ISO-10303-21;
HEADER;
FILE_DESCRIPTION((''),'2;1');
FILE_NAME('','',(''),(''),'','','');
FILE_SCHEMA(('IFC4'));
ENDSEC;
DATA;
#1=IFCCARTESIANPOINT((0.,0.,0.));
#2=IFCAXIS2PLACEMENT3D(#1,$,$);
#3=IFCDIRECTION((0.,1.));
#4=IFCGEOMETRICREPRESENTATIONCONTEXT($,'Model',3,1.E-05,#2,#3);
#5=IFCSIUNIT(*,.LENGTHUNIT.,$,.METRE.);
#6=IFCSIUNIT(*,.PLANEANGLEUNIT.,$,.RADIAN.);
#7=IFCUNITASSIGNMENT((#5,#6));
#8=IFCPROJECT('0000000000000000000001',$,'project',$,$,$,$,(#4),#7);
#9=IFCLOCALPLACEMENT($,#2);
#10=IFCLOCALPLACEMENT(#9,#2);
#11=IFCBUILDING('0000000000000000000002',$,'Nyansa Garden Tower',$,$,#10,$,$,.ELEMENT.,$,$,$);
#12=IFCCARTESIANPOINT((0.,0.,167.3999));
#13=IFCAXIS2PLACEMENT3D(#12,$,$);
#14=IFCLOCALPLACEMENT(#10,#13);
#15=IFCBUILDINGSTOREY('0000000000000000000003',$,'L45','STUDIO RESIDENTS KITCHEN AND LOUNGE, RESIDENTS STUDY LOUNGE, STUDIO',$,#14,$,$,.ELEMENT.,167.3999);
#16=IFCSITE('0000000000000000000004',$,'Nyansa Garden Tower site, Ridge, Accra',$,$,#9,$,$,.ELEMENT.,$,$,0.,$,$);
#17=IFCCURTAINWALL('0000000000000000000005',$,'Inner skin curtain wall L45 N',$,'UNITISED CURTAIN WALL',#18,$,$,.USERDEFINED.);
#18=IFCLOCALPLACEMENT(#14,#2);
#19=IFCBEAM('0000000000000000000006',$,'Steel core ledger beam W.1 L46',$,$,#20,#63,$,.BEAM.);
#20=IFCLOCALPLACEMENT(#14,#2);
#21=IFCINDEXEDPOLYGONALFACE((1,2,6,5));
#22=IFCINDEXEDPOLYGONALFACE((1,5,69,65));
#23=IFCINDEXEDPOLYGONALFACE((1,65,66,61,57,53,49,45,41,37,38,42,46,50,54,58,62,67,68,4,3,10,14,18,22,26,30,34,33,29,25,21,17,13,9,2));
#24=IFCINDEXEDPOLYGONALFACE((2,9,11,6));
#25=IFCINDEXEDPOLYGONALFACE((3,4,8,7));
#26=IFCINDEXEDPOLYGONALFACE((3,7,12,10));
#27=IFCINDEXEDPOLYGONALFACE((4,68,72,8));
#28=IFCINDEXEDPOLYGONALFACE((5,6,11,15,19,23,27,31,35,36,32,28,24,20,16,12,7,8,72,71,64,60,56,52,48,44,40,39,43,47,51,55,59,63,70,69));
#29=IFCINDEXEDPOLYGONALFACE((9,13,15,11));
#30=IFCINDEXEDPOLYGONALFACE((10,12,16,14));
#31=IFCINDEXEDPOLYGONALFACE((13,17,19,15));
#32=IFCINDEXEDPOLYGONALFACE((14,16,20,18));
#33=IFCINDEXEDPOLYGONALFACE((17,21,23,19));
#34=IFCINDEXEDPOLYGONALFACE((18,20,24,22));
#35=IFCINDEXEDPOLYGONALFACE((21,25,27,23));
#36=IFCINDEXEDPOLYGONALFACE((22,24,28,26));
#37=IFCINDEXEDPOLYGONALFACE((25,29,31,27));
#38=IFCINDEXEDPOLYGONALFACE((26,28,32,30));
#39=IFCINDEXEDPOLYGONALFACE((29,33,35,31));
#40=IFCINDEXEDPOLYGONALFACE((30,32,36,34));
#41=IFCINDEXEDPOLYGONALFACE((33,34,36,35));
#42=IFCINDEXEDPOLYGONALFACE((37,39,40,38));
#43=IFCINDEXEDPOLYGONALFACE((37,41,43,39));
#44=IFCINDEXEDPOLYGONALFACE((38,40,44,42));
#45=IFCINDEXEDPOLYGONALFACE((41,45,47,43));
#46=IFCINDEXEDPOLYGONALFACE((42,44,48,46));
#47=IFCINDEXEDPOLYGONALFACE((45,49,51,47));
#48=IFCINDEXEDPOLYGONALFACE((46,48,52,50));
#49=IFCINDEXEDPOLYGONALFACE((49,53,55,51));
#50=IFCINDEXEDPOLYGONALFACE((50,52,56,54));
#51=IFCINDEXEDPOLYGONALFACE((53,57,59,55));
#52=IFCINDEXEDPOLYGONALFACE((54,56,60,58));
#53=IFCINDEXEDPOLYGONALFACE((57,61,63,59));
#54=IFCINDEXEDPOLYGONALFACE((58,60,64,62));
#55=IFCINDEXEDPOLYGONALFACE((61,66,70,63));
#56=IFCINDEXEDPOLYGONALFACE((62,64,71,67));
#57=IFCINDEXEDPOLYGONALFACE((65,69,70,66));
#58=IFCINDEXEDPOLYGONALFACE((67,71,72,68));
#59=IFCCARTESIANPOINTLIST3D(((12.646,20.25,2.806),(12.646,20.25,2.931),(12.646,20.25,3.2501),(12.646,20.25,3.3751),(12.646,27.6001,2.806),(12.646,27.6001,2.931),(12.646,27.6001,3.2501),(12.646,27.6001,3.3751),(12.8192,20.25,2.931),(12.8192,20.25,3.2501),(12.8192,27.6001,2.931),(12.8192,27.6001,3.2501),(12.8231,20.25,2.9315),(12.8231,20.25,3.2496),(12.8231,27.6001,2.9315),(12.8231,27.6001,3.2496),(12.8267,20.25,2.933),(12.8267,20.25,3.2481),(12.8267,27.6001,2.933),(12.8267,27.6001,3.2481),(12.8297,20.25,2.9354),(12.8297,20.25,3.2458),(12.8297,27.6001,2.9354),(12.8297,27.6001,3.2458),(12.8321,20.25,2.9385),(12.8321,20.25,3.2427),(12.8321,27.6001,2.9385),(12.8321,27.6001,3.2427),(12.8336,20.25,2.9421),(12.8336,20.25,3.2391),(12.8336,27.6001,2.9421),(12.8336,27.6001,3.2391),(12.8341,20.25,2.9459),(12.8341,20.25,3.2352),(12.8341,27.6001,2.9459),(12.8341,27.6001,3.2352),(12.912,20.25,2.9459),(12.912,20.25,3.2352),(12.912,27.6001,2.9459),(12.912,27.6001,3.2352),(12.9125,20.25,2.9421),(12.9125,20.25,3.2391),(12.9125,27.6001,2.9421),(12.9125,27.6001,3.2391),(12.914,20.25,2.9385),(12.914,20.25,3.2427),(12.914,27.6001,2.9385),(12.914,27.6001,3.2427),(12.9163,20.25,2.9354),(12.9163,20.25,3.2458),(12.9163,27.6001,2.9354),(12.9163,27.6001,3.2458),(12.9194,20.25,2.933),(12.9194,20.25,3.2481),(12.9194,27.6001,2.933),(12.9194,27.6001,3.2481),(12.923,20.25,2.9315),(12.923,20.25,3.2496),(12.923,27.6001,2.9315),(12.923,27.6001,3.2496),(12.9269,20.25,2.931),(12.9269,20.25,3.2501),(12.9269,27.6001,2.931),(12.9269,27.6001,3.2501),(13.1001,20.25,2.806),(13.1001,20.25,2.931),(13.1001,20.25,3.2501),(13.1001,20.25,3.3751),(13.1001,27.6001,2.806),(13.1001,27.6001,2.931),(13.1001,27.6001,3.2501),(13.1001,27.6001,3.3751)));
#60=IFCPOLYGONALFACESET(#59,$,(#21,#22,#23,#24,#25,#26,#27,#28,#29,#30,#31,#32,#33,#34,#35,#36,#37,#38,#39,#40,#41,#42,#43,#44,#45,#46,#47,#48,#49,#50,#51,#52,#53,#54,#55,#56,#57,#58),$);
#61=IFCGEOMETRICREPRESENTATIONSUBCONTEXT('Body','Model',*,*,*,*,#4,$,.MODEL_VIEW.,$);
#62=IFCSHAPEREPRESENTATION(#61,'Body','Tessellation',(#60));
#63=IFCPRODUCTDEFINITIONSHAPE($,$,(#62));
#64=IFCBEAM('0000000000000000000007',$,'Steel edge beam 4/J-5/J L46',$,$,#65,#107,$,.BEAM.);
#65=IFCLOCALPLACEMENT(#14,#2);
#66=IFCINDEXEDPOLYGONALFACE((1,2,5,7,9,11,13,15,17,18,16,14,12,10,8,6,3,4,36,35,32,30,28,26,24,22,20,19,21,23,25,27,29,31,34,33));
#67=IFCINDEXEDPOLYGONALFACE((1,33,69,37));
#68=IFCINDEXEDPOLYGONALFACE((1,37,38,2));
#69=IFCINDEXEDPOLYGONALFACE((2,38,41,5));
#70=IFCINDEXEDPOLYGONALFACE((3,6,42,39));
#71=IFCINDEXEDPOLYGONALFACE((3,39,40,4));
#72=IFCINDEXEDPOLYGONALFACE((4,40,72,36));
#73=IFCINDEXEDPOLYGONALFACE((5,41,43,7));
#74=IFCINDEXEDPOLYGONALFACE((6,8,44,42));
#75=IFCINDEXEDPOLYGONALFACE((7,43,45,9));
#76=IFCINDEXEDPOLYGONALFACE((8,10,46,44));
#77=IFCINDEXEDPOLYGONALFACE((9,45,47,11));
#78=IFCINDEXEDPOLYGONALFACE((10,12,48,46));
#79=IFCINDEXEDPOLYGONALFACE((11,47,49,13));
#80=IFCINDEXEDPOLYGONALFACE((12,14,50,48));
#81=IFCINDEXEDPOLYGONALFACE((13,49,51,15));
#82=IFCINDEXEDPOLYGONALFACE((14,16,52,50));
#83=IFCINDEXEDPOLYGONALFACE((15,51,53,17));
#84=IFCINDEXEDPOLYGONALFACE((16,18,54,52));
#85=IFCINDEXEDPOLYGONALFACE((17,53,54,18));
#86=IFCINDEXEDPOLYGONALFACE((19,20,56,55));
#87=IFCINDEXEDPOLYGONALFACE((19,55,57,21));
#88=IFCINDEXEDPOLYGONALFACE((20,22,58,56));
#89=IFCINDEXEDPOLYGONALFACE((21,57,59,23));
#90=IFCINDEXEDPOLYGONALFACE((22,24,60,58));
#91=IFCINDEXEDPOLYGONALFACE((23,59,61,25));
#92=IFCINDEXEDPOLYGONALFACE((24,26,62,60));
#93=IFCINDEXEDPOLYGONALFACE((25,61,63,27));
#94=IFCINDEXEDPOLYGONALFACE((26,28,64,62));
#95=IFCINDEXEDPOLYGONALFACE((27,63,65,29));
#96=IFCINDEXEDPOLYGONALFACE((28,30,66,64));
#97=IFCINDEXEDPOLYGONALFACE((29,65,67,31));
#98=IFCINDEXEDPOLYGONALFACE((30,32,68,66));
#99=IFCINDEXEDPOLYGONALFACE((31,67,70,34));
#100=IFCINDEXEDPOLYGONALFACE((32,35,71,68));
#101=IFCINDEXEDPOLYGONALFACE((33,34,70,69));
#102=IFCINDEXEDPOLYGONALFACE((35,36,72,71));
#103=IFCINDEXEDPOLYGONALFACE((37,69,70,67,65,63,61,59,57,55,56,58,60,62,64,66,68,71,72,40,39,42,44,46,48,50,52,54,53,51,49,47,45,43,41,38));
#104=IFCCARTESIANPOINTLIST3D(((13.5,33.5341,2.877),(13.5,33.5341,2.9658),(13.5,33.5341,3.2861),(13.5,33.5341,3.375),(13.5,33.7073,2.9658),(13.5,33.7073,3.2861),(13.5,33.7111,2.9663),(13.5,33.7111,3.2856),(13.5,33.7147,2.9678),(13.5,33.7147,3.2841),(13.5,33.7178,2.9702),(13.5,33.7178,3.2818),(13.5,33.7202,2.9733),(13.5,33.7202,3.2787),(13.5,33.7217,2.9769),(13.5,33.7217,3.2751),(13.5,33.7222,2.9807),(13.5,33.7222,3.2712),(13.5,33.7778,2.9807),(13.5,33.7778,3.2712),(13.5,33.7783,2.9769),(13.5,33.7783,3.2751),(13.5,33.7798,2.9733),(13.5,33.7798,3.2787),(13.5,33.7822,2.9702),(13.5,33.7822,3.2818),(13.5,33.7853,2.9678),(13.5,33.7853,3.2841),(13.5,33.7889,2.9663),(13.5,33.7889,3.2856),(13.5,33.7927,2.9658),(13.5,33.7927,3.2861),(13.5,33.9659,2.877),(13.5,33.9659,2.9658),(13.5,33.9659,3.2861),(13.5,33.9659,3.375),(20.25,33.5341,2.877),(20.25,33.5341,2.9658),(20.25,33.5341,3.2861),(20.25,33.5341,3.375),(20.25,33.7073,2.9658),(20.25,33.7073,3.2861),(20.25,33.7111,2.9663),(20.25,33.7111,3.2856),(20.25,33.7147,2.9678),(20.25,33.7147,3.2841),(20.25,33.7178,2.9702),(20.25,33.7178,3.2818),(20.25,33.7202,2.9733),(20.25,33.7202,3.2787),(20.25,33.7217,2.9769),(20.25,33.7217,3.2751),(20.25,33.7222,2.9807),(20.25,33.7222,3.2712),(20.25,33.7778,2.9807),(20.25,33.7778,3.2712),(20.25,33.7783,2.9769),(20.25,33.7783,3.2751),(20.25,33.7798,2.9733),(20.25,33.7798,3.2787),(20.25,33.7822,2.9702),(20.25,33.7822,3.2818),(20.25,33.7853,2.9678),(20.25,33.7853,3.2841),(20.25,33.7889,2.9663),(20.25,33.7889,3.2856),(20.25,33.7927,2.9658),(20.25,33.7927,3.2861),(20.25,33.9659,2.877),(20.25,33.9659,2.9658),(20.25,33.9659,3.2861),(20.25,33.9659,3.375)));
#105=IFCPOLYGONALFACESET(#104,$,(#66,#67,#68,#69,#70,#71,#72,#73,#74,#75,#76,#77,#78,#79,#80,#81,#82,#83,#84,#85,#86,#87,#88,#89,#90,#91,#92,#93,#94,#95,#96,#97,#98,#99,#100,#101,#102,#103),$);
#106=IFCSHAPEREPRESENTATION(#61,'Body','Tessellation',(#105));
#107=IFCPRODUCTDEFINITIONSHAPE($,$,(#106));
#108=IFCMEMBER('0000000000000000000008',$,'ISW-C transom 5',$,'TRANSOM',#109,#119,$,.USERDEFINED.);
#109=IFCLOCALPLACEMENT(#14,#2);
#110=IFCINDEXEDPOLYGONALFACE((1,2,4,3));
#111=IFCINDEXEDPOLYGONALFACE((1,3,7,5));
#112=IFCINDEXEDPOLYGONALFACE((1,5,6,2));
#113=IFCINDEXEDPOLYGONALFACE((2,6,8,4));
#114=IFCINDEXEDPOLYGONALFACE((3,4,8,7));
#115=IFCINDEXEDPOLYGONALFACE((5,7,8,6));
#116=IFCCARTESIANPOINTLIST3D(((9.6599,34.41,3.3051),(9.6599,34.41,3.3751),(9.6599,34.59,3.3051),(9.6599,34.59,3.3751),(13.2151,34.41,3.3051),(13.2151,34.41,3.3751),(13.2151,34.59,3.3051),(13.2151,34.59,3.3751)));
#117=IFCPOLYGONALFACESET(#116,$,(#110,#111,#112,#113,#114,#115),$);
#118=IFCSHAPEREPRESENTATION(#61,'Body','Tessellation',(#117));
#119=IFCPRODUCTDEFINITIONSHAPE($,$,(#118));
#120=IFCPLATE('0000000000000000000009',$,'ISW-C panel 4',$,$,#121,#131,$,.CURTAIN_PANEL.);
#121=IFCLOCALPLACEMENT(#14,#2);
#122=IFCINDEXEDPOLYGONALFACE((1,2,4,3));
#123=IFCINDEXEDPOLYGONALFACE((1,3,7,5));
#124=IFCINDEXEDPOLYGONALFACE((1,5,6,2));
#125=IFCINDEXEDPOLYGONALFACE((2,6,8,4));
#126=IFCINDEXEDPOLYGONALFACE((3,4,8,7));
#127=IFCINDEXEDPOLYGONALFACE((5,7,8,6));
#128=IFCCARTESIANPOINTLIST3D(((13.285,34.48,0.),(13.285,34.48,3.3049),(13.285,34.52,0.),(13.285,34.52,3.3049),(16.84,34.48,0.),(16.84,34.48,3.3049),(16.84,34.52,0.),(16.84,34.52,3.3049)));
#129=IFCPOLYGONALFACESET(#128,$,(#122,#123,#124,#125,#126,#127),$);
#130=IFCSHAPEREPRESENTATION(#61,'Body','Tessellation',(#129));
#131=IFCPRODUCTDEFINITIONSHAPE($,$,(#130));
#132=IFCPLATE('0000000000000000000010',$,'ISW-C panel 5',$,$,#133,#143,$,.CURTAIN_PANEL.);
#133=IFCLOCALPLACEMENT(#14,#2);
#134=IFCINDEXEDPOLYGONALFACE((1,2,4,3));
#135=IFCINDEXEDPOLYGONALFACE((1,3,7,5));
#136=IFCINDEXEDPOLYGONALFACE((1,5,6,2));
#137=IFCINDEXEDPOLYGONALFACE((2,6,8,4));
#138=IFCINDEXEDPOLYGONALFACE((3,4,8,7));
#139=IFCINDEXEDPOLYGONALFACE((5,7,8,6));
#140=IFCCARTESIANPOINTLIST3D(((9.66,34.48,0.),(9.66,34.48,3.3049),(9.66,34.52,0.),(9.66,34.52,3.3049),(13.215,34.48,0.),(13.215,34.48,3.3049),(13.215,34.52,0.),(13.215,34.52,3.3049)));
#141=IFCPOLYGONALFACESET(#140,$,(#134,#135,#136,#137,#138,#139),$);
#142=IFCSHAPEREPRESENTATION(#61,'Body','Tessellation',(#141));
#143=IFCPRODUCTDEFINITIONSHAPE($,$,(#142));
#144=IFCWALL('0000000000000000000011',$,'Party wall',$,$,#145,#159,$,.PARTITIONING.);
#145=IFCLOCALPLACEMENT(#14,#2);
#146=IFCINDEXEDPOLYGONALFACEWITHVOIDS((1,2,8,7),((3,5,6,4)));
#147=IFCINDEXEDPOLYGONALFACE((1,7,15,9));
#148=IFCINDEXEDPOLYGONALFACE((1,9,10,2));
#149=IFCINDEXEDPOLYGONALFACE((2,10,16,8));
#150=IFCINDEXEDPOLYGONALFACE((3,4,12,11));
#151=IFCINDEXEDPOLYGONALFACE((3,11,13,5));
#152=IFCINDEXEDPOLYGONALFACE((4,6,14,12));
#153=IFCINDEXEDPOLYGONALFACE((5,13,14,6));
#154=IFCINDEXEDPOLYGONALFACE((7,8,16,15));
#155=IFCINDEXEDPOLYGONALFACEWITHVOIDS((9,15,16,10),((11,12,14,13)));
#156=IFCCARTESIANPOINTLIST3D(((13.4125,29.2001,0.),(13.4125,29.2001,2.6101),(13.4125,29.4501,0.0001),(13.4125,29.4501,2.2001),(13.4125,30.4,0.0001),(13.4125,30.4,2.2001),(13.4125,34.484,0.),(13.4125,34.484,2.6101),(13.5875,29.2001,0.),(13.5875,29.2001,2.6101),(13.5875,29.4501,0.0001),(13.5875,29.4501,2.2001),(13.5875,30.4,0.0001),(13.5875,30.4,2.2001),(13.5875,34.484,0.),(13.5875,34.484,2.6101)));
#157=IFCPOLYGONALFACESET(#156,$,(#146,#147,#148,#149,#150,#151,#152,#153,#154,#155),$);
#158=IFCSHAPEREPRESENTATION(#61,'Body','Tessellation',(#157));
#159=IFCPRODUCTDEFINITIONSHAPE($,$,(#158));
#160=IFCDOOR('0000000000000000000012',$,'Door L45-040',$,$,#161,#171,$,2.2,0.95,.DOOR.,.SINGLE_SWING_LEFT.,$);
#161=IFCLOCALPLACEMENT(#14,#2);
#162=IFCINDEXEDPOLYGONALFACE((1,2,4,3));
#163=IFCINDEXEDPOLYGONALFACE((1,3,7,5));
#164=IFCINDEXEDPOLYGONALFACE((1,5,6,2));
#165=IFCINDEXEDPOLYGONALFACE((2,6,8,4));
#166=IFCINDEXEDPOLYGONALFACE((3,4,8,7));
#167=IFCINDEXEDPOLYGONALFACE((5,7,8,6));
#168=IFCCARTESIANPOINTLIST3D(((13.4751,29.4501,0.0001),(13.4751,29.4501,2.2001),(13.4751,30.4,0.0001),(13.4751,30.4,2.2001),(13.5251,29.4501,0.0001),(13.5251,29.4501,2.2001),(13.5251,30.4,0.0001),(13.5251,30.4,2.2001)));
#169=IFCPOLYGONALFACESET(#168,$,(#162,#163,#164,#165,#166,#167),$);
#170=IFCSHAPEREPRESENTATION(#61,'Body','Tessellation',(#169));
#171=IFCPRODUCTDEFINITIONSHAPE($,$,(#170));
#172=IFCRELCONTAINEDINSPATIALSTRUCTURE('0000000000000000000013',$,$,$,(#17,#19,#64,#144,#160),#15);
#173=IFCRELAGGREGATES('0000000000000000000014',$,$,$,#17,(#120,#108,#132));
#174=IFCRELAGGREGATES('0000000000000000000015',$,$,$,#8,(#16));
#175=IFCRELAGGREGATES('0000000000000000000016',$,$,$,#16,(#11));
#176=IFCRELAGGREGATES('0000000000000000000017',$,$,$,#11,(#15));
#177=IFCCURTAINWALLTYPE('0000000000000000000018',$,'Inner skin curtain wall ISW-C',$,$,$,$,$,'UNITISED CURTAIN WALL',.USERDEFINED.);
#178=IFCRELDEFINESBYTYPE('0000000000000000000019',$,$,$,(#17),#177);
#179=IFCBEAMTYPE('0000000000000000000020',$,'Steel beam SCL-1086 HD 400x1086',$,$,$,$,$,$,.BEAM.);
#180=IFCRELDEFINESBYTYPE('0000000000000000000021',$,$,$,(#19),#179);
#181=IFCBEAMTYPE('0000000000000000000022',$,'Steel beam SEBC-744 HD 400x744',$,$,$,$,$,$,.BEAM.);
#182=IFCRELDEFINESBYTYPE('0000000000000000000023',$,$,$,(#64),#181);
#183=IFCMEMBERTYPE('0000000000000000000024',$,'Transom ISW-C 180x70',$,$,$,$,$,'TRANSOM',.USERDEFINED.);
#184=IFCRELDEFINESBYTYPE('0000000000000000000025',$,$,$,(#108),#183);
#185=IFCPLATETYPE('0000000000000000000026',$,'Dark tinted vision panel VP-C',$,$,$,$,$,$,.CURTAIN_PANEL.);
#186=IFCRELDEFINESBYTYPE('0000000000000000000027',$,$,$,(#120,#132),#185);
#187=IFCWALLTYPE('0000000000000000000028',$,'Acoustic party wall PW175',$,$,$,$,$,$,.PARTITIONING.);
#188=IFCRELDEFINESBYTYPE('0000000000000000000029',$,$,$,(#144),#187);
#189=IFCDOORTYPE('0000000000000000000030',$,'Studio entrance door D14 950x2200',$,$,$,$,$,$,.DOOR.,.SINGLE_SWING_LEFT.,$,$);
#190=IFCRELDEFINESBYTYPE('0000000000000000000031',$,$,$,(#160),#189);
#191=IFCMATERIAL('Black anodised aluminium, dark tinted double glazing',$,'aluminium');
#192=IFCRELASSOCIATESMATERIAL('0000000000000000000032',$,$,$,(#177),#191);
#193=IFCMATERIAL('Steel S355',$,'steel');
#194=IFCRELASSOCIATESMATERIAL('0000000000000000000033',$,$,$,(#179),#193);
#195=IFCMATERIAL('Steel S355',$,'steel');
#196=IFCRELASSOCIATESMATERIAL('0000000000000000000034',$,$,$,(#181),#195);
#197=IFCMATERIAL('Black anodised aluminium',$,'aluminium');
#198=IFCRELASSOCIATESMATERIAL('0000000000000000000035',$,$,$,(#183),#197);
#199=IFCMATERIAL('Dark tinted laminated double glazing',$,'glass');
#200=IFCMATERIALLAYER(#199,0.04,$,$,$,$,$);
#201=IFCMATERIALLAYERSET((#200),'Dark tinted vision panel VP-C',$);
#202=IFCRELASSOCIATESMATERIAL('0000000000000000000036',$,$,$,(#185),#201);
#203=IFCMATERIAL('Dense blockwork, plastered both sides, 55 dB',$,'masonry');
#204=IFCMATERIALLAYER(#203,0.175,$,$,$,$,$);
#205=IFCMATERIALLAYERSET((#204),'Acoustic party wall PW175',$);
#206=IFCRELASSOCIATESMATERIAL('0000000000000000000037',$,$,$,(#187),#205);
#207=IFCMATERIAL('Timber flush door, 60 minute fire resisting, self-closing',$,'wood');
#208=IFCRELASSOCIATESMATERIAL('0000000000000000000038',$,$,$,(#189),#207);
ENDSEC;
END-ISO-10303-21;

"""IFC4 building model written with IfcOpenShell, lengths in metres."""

from ifc_helpers import new_model, si_unit, direction, frame, frame_2d, origin, origin_2d, place, context, subcontext, project, spatial, rectangle, i_section, extrude, material, layer, layer_set, material_profile, profile_set, type_object, element, fill, aggregate, save


model = new_model("IFC4")

# Units and contexts
model_context = context("Model", 3, precision=1e-05, world=origin(), true_north=direction((0.0, 1.0)))
body_context = subcontext(model_context, "Body", "Model", "MODEL_VIEW")
ifc_project = project(units=[si_unit("LENGTHUNIT", "METRE"), si_unit("PLANEANGLEUNIT", "RADIAN")], contexts=[model_context])

# Site, building, storey
site_placement = place(None, origin())
site = spatial("IfcSite", under=ifc_project, at=site_placement, Name="Nyansa Garden Tower site, Ridge, Accra", CompositionType="ELEMENT", RefElevation=0.0)
building_placement = place(site_placement, origin())
building = spatial("IfcBuilding", under=site, at=building_placement, Name="Nyansa Garden Tower", CompositionType="ELEMENT")
storey_placement = place(building_placement, frame((0.0, 0.0, 167.3999)))
storey = spatial("IfcBuildingStorey", under=building, at=storey_placement, Name="L45", Description="STUDIO RESIDENTS KITCHEN AND LOUNGE, RESIDENTS STUDY LOUNGE, STUDIO", CompositionType="ELEMENT", Elevation=167.3999)

# Curtain wall
ifc_material_1 = material(Name="Black anodised aluminium, dark tinted double glazing", Category="aluminium")
curtain_wall_type = type_object("IfcCurtainWallType", Name="Inner skin curtain wall ISW-C", ElementType="UNITISED CURTAIN WALL", PredefinedType="USERDEFINED", material=ifc_material_1)
curtain_wall_placement = place(storey_placement, origin())
curtain_wall = element("IfcCurtainWall", 1, at=curtain_wall_placement, inside=storey, type_object=curtain_wall_type, Name="Inner skin curtain wall L45 N", ObjectType="UNITISED CURTAIN WALL", PredefinedType="USERDEFINED")

# Beams
ifc_material_2 = material(Name="Steel S355", Category="steel")
ifc_material_profile_1 = material_profile(ifc_material_2, i_section(OverallWidth=0.4541, OverallDepth=0.5691, WebThickness=0.0779, FlangeThickness=0.125, FilletRadius=0.0149, at=origin_2d()), Name="HD 400x1086")
ifc_profile_set_1 = profile_set([ifc_material_profile_1], Name="Steel S355")
beam_type_1 = type_object("IfcBeamType", Name="Steel beam SCL-1086 HD 400x1086", PredefinedType="BEAM", material=ifc_profile_set_1)
beam_1_placement = place(storey_placement, frame((12.873, 27.6001, 3.0906), z_axis=(0.0, -1.0, 0.0), x_axis=(1.0, 0.0, 0.0)))
element("IfcBeam", 2, at=beam_1_placement, inside=storey, type_object=beam_type_1, Name="Steel core ledger beam W.1 L46", PredefinedType="BEAM", context=body_context, shape_type="SweptSolid", body=[
    extrude(i_section(OverallWidth=0.4541, OverallDepth=0.5691, WebThickness=0.0779, FlangeThickness=0.125, FilletRadius=0.0149, at=origin_2d()), origin(), (0.0, 0.0, 1.0), 7.3501),
])
ifc_material_3 = material(Name="Steel S355", Category="steel")
ifc_material_profile_2 = material_profile(ifc_material_3, i_section(OverallWidth=0.4319, OverallDepth=0.498, WebThickness=0.0557, FlangeThickness=0.0889, FilletRadius=0.0149, at=origin_2d()), Name="HD 400x744")
ifc_profile_set_2 = profile_set([ifc_material_profile_2], Name="Steel S355")
beam_type_2 = type_object("IfcBeamType", Name="Steel beam SEBC-744 HD 400x744", PredefinedType="BEAM", material=ifc_profile_set_2)
beam_2_placement = place(storey_placement, frame((13.5, 33.75, 3.126), z_axis=(1.0, 0.0, 0.0), x_axis=(0.0, 1.0, 0.0)))
element("IfcBeam", 3, at=beam_2_placement, inside=storey, type_object=beam_type_2, Name="Steel edge beam 4/J-5/J L46", PredefinedType="BEAM", context=body_context, shape_type="SweptSolid", body=[
    extrude(i_section(OverallWidth=0.4319, OverallDepth=0.498, WebThickness=0.0557, FlangeThickness=0.0889, FilletRadius=0.0149, at=origin_2d()), origin(), (0.0, 0.0, 1.0), 6.75),
])

# Member
ifc_material_4 = material(Name="Black anodised aluminium", Category="aluminium")
ifc_material_profile_3 = material_profile(ifc_material_4, rectangle(XDim=0.1799, YDim=0.0701, at=origin_2d()), Name="Transom 180x70")
ifc_profile_set_3 = profile_set([ifc_material_profile_3], Name="Black anodised aluminium")
member_type_1 = type_object("IfcMemberType", Name="Transom ISW-C 180x70", ElementType="TRANSOM", PredefinedType="USERDEFINED", material=ifc_profile_set_3)
member_1_placement = place(storey_placement, frame((13.2151, 34.5, 3.3401), z_axis=(-1.0, 0.0, 0.0), x_axis=(0.0, -1.0, 0.0)))
member_1 = element("IfcMember", 4, at=member_1_placement, type_object=member_type_1, Name="ISW-C transom 5", ObjectType="TRANSOM", PredefinedType="USERDEFINED", context=body_context, shape_type="SweptSolid", body=[
    extrude(rectangle(XDim=0.1799, YDim=0.0701, at=origin_2d()), origin(), (0.0, 0.0, 1.0), 3.5552),
])

# Plates
ifc_material_5 = material(Name="Dark tinted laminated double glazing", Category="glass")
ifc_layer_1 = layer(ifc_material_5, 0.04)
ifc_layer_set_1 = layer_set([ifc_layer_1], Name="Dark tinted vision panel VP-C")
plate_type = type_object("IfcPlateType", Name="Dark tinted vision panel VP-C", PredefinedType="CURTAIN_PANEL", material=ifc_layer_set_1)
plate_1_placement = place(storey_placement, frame((15.0625, 34.5, 0.0), z_axis=(0.0, 0.0, 1.0), x_axis=(-1.0, 0.0, 0.0)))
plate_1 = element("IfcPlate", 5, at=plate_1_placement, type_object=plate_type, Name="ISW-C panel 4", PredefinedType="CURTAIN_PANEL", context=body_context, shape_type="SweptSolid", body=[
    extrude(rectangle(XDim=3.5549, YDim=0.04, at=origin_2d()), origin(), (0.0, 0.0, 1.0), 3.3049),
])
plate_2_placement = place(storey_placement, frame((11.4375, 34.5, 0.0), z_axis=(0.0, 0.0, 1.0), x_axis=(-1.0, 0.0, 0.0)))
plate_2 = element("IfcPlate", 6, at=plate_2_placement, type_object=plate_type, Name="ISW-C panel 5", PredefinedType="CURTAIN_PANEL", context=body_context, shape_type="SweptSolid", body=[
    extrude(rectangle(XDim=3.5549, YDim=0.04, at=origin_2d()), origin(), (0.0, 0.0, 1.0), 3.3049),
])
aggregate(curtain_wall, [plate_1, member_1, plate_2])

# Wall, opening, door
ifc_material_6 = material(Name="Dense blockwork, plastered both sides, 55 dB", Category="masonry")
ifc_layer_2 = layer(ifc_material_6, 0.175)
ifc_layer_set_2 = layer_set([ifc_layer_2], Name="Acoustic party wall PW175")
wall_type_1 = type_object("IfcWallType", Name="Acoustic party wall PW175", PredefinedType="PARTITIONING", material=ifc_layer_set_2)
wall_1_placement = place(storey_placement, frame((13.5, 29.2, 0.0), z_axis=(0.0, 0.0, 1.0), x_axis=(0.0, 1.0, 0.0)))
wall_1 = element("IfcWall", 7, at=wall_1_placement, inside=storey, type_object=wall_type_1, Name="Party wall", PredefinedType="PARTITIONING", context=body_context, shape_type="SweptSolid", body=[
    extrude(rectangle(XDim=5.2839, YDim=0.175, at=frame_2d((2.6421, 0.0))), origin(), (0.0, 0.0, 1.0), 2.6101),
])
opening_1_placement = place(wall_1_placement, frame((0.25, 0.0, 0.0)))
opening_1 = element("IfcOpeningElement", 8, at=opening_1_placement, cuts=wall_1, PredefinedType="OPENING", context=body_context, shape_type="SweptSolid", body=[
    extrude(rectangle(XDim=0.95, YDim=2.2, at=frame_2d((0.4751, 1.1001))), frame((0.0, 0.0974, 0.0), z_axis=(0.0, -1.0, 0.0), x_axis=(1.0, 0.0, 0.0)), (0.0, 0.0, 1.0), 0.1951),
])
ifc_material_7 = material(Name="Timber flush door, 60 minute fire resisting, self-closing", Category="wood")
door_type_1 = type_object("IfcDoorType", Name="Studio entrance door D14 950x2200", OperationType="SINGLE_SWING_LEFT", PredefinedType="DOOR", material=ifc_material_7)
door_1_placement = place(opening_1_placement, origin())
door_1 = element("IfcDoor", 9, at=door_1_placement, inside=storey, type_object=door_type_1, Name="Door L45-040", OperationType="SINGLE_SWING_LEFT", OverallHeight=2.2, OverallWidth=0.95, PredefinedType="DOOR", context=body_context, shape_type="SweptSolid", body=[
    extrude(rectangle(XDim=0.95, YDim=2.2, at=frame_2d((0.4751, 1.1001))), frame((0.0, 0.0249, 0.0), z_axis=(0.0, -1.0, 0.0), x_axis=(1.0, 0.0, 0.0)), (0.0, 0.0, 1.0), 0.05),
])
fill(opening_1, door_1)

save(model, "model.ifc")
